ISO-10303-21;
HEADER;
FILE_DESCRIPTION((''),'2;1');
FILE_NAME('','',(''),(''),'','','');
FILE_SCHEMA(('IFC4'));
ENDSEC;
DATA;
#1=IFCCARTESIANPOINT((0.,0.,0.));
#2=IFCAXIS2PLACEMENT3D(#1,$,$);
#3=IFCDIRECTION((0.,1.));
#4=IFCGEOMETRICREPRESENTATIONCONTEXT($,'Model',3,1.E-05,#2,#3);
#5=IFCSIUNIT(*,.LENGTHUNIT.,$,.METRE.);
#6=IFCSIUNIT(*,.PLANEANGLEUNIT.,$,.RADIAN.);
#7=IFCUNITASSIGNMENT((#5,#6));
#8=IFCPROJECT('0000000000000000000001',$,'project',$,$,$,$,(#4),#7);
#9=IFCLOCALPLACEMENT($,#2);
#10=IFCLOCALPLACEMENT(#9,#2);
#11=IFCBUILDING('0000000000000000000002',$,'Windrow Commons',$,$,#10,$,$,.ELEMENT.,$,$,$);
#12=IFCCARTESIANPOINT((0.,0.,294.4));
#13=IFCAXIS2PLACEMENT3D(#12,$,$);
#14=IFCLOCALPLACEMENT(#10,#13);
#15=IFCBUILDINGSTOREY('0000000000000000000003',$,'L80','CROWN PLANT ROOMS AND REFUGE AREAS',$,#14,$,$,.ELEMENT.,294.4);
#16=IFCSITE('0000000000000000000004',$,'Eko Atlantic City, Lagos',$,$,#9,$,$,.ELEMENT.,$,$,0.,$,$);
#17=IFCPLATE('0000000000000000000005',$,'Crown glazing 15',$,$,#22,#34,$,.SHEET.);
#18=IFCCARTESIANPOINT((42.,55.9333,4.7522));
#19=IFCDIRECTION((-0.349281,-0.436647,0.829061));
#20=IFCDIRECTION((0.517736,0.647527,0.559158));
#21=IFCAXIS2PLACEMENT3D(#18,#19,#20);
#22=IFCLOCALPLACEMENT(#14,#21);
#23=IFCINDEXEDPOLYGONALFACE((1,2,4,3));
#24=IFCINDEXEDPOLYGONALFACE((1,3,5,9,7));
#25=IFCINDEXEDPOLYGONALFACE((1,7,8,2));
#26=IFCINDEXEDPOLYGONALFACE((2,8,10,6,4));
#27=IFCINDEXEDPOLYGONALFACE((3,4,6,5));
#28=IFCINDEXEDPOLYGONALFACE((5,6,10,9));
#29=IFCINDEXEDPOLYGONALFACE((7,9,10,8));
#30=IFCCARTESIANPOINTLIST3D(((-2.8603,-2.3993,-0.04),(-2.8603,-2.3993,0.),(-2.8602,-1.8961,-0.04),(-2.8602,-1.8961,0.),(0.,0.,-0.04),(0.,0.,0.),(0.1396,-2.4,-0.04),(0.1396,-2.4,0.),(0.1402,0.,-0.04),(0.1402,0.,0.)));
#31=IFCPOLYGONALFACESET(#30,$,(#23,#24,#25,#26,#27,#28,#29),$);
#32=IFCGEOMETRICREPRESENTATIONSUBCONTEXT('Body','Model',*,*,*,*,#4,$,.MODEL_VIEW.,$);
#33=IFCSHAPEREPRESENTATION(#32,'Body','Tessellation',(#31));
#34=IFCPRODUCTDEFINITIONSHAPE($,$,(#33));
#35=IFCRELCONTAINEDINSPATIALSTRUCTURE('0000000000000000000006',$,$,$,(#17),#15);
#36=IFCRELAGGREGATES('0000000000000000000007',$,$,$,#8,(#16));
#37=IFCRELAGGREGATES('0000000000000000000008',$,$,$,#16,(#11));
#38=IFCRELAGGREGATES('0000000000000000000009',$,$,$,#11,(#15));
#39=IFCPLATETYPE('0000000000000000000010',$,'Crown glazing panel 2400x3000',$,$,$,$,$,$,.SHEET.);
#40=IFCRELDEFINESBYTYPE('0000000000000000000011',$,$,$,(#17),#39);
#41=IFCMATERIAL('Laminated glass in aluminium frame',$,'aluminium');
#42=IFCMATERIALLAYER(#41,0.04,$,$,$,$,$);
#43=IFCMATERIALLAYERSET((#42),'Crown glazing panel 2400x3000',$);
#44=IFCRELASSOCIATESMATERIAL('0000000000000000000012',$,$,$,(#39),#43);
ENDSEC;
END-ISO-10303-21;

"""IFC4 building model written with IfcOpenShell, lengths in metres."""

from ifc_helpers import new_model, si_unit, direction, frame, origin, place, context, subcontext, project, spatial, polyline, outline, extrude, material, layer, layer_set, type_object, element, save


model = new_model("IFC4")

# Units and contexts
model_context = context("Model", 3, precision=1e-05, world=origin(), true_north=direction((0.0, 1.0)))
body_context = subcontext(model_context, "Body", "Model", "MODEL_VIEW")
ifc_project = project(units=[si_unit("LENGTHUNIT", "METRE"), si_unit("PLANEANGLEUNIT", "RADIAN")], contexts=[model_context])

# Site, building, storey
site_placement = place(None, origin())
site = spatial("IfcSite", under=ifc_project, at=site_placement, Name="Eko Atlantic City, Lagos", CompositionType="ELEMENT", RefElevation=0.0)
building_placement = place(site_placement, origin())
building = spatial("IfcBuilding", under=site, at=building_placement, Name="Windrow Commons", CompositionType="ELEMENT")
storey_placement = place(building_placement, frame((0.0, 0.0, 294.4)))
storey = spatial("IfcBuildingStorey", under=building, at=storey_placement, Name="L80", Description="CROWN PLANT ROOMS AND REFUGE AREAS", CompositionType="ELEMENT", Elevation=294.4)

# Plate
ifc_material_1 = material(Name="Laminated glass in aluminium frame", Category="aluminium")
ifc_layer_1 = layer(ifc_material_1, 0.04)
ifc_layer_set_1 = layer_set([ifc_layer_1], Name="Crown glazing panel 2400x3000")
plate_type = type_object("IfcPlateType", Name="Crown glazing panel 2400x3000", PredefinedType="SHEET", material=ifc_layer_set_1)
plate_1_placement = place(storey_placement, frame((42.0, 55.9333, 4.7522), z_axis=(-0.349281, -0.436647, 0.829061), x_axis=(0.517736, 0.647527, 0.559158)))
element("IfcPlate", 1, at=plate_1_placement, inside=storey, type_object=plate_type, Name="Crown glazing 15", PredefinedType="SHEET", context=body_context, shape_type="SweptSolid", body=[
    extrude(outline(polyline([(0.0, 0.0), (0.1402, 0.0), (0.1396, -2.4), (-2.8603, -2.3993), (-2.8602, -1.8961), (0.0, 0.0)])), origin(), (0.0, 0.0, -1.0), 0.04),
])

save(model, "model.ifc")
